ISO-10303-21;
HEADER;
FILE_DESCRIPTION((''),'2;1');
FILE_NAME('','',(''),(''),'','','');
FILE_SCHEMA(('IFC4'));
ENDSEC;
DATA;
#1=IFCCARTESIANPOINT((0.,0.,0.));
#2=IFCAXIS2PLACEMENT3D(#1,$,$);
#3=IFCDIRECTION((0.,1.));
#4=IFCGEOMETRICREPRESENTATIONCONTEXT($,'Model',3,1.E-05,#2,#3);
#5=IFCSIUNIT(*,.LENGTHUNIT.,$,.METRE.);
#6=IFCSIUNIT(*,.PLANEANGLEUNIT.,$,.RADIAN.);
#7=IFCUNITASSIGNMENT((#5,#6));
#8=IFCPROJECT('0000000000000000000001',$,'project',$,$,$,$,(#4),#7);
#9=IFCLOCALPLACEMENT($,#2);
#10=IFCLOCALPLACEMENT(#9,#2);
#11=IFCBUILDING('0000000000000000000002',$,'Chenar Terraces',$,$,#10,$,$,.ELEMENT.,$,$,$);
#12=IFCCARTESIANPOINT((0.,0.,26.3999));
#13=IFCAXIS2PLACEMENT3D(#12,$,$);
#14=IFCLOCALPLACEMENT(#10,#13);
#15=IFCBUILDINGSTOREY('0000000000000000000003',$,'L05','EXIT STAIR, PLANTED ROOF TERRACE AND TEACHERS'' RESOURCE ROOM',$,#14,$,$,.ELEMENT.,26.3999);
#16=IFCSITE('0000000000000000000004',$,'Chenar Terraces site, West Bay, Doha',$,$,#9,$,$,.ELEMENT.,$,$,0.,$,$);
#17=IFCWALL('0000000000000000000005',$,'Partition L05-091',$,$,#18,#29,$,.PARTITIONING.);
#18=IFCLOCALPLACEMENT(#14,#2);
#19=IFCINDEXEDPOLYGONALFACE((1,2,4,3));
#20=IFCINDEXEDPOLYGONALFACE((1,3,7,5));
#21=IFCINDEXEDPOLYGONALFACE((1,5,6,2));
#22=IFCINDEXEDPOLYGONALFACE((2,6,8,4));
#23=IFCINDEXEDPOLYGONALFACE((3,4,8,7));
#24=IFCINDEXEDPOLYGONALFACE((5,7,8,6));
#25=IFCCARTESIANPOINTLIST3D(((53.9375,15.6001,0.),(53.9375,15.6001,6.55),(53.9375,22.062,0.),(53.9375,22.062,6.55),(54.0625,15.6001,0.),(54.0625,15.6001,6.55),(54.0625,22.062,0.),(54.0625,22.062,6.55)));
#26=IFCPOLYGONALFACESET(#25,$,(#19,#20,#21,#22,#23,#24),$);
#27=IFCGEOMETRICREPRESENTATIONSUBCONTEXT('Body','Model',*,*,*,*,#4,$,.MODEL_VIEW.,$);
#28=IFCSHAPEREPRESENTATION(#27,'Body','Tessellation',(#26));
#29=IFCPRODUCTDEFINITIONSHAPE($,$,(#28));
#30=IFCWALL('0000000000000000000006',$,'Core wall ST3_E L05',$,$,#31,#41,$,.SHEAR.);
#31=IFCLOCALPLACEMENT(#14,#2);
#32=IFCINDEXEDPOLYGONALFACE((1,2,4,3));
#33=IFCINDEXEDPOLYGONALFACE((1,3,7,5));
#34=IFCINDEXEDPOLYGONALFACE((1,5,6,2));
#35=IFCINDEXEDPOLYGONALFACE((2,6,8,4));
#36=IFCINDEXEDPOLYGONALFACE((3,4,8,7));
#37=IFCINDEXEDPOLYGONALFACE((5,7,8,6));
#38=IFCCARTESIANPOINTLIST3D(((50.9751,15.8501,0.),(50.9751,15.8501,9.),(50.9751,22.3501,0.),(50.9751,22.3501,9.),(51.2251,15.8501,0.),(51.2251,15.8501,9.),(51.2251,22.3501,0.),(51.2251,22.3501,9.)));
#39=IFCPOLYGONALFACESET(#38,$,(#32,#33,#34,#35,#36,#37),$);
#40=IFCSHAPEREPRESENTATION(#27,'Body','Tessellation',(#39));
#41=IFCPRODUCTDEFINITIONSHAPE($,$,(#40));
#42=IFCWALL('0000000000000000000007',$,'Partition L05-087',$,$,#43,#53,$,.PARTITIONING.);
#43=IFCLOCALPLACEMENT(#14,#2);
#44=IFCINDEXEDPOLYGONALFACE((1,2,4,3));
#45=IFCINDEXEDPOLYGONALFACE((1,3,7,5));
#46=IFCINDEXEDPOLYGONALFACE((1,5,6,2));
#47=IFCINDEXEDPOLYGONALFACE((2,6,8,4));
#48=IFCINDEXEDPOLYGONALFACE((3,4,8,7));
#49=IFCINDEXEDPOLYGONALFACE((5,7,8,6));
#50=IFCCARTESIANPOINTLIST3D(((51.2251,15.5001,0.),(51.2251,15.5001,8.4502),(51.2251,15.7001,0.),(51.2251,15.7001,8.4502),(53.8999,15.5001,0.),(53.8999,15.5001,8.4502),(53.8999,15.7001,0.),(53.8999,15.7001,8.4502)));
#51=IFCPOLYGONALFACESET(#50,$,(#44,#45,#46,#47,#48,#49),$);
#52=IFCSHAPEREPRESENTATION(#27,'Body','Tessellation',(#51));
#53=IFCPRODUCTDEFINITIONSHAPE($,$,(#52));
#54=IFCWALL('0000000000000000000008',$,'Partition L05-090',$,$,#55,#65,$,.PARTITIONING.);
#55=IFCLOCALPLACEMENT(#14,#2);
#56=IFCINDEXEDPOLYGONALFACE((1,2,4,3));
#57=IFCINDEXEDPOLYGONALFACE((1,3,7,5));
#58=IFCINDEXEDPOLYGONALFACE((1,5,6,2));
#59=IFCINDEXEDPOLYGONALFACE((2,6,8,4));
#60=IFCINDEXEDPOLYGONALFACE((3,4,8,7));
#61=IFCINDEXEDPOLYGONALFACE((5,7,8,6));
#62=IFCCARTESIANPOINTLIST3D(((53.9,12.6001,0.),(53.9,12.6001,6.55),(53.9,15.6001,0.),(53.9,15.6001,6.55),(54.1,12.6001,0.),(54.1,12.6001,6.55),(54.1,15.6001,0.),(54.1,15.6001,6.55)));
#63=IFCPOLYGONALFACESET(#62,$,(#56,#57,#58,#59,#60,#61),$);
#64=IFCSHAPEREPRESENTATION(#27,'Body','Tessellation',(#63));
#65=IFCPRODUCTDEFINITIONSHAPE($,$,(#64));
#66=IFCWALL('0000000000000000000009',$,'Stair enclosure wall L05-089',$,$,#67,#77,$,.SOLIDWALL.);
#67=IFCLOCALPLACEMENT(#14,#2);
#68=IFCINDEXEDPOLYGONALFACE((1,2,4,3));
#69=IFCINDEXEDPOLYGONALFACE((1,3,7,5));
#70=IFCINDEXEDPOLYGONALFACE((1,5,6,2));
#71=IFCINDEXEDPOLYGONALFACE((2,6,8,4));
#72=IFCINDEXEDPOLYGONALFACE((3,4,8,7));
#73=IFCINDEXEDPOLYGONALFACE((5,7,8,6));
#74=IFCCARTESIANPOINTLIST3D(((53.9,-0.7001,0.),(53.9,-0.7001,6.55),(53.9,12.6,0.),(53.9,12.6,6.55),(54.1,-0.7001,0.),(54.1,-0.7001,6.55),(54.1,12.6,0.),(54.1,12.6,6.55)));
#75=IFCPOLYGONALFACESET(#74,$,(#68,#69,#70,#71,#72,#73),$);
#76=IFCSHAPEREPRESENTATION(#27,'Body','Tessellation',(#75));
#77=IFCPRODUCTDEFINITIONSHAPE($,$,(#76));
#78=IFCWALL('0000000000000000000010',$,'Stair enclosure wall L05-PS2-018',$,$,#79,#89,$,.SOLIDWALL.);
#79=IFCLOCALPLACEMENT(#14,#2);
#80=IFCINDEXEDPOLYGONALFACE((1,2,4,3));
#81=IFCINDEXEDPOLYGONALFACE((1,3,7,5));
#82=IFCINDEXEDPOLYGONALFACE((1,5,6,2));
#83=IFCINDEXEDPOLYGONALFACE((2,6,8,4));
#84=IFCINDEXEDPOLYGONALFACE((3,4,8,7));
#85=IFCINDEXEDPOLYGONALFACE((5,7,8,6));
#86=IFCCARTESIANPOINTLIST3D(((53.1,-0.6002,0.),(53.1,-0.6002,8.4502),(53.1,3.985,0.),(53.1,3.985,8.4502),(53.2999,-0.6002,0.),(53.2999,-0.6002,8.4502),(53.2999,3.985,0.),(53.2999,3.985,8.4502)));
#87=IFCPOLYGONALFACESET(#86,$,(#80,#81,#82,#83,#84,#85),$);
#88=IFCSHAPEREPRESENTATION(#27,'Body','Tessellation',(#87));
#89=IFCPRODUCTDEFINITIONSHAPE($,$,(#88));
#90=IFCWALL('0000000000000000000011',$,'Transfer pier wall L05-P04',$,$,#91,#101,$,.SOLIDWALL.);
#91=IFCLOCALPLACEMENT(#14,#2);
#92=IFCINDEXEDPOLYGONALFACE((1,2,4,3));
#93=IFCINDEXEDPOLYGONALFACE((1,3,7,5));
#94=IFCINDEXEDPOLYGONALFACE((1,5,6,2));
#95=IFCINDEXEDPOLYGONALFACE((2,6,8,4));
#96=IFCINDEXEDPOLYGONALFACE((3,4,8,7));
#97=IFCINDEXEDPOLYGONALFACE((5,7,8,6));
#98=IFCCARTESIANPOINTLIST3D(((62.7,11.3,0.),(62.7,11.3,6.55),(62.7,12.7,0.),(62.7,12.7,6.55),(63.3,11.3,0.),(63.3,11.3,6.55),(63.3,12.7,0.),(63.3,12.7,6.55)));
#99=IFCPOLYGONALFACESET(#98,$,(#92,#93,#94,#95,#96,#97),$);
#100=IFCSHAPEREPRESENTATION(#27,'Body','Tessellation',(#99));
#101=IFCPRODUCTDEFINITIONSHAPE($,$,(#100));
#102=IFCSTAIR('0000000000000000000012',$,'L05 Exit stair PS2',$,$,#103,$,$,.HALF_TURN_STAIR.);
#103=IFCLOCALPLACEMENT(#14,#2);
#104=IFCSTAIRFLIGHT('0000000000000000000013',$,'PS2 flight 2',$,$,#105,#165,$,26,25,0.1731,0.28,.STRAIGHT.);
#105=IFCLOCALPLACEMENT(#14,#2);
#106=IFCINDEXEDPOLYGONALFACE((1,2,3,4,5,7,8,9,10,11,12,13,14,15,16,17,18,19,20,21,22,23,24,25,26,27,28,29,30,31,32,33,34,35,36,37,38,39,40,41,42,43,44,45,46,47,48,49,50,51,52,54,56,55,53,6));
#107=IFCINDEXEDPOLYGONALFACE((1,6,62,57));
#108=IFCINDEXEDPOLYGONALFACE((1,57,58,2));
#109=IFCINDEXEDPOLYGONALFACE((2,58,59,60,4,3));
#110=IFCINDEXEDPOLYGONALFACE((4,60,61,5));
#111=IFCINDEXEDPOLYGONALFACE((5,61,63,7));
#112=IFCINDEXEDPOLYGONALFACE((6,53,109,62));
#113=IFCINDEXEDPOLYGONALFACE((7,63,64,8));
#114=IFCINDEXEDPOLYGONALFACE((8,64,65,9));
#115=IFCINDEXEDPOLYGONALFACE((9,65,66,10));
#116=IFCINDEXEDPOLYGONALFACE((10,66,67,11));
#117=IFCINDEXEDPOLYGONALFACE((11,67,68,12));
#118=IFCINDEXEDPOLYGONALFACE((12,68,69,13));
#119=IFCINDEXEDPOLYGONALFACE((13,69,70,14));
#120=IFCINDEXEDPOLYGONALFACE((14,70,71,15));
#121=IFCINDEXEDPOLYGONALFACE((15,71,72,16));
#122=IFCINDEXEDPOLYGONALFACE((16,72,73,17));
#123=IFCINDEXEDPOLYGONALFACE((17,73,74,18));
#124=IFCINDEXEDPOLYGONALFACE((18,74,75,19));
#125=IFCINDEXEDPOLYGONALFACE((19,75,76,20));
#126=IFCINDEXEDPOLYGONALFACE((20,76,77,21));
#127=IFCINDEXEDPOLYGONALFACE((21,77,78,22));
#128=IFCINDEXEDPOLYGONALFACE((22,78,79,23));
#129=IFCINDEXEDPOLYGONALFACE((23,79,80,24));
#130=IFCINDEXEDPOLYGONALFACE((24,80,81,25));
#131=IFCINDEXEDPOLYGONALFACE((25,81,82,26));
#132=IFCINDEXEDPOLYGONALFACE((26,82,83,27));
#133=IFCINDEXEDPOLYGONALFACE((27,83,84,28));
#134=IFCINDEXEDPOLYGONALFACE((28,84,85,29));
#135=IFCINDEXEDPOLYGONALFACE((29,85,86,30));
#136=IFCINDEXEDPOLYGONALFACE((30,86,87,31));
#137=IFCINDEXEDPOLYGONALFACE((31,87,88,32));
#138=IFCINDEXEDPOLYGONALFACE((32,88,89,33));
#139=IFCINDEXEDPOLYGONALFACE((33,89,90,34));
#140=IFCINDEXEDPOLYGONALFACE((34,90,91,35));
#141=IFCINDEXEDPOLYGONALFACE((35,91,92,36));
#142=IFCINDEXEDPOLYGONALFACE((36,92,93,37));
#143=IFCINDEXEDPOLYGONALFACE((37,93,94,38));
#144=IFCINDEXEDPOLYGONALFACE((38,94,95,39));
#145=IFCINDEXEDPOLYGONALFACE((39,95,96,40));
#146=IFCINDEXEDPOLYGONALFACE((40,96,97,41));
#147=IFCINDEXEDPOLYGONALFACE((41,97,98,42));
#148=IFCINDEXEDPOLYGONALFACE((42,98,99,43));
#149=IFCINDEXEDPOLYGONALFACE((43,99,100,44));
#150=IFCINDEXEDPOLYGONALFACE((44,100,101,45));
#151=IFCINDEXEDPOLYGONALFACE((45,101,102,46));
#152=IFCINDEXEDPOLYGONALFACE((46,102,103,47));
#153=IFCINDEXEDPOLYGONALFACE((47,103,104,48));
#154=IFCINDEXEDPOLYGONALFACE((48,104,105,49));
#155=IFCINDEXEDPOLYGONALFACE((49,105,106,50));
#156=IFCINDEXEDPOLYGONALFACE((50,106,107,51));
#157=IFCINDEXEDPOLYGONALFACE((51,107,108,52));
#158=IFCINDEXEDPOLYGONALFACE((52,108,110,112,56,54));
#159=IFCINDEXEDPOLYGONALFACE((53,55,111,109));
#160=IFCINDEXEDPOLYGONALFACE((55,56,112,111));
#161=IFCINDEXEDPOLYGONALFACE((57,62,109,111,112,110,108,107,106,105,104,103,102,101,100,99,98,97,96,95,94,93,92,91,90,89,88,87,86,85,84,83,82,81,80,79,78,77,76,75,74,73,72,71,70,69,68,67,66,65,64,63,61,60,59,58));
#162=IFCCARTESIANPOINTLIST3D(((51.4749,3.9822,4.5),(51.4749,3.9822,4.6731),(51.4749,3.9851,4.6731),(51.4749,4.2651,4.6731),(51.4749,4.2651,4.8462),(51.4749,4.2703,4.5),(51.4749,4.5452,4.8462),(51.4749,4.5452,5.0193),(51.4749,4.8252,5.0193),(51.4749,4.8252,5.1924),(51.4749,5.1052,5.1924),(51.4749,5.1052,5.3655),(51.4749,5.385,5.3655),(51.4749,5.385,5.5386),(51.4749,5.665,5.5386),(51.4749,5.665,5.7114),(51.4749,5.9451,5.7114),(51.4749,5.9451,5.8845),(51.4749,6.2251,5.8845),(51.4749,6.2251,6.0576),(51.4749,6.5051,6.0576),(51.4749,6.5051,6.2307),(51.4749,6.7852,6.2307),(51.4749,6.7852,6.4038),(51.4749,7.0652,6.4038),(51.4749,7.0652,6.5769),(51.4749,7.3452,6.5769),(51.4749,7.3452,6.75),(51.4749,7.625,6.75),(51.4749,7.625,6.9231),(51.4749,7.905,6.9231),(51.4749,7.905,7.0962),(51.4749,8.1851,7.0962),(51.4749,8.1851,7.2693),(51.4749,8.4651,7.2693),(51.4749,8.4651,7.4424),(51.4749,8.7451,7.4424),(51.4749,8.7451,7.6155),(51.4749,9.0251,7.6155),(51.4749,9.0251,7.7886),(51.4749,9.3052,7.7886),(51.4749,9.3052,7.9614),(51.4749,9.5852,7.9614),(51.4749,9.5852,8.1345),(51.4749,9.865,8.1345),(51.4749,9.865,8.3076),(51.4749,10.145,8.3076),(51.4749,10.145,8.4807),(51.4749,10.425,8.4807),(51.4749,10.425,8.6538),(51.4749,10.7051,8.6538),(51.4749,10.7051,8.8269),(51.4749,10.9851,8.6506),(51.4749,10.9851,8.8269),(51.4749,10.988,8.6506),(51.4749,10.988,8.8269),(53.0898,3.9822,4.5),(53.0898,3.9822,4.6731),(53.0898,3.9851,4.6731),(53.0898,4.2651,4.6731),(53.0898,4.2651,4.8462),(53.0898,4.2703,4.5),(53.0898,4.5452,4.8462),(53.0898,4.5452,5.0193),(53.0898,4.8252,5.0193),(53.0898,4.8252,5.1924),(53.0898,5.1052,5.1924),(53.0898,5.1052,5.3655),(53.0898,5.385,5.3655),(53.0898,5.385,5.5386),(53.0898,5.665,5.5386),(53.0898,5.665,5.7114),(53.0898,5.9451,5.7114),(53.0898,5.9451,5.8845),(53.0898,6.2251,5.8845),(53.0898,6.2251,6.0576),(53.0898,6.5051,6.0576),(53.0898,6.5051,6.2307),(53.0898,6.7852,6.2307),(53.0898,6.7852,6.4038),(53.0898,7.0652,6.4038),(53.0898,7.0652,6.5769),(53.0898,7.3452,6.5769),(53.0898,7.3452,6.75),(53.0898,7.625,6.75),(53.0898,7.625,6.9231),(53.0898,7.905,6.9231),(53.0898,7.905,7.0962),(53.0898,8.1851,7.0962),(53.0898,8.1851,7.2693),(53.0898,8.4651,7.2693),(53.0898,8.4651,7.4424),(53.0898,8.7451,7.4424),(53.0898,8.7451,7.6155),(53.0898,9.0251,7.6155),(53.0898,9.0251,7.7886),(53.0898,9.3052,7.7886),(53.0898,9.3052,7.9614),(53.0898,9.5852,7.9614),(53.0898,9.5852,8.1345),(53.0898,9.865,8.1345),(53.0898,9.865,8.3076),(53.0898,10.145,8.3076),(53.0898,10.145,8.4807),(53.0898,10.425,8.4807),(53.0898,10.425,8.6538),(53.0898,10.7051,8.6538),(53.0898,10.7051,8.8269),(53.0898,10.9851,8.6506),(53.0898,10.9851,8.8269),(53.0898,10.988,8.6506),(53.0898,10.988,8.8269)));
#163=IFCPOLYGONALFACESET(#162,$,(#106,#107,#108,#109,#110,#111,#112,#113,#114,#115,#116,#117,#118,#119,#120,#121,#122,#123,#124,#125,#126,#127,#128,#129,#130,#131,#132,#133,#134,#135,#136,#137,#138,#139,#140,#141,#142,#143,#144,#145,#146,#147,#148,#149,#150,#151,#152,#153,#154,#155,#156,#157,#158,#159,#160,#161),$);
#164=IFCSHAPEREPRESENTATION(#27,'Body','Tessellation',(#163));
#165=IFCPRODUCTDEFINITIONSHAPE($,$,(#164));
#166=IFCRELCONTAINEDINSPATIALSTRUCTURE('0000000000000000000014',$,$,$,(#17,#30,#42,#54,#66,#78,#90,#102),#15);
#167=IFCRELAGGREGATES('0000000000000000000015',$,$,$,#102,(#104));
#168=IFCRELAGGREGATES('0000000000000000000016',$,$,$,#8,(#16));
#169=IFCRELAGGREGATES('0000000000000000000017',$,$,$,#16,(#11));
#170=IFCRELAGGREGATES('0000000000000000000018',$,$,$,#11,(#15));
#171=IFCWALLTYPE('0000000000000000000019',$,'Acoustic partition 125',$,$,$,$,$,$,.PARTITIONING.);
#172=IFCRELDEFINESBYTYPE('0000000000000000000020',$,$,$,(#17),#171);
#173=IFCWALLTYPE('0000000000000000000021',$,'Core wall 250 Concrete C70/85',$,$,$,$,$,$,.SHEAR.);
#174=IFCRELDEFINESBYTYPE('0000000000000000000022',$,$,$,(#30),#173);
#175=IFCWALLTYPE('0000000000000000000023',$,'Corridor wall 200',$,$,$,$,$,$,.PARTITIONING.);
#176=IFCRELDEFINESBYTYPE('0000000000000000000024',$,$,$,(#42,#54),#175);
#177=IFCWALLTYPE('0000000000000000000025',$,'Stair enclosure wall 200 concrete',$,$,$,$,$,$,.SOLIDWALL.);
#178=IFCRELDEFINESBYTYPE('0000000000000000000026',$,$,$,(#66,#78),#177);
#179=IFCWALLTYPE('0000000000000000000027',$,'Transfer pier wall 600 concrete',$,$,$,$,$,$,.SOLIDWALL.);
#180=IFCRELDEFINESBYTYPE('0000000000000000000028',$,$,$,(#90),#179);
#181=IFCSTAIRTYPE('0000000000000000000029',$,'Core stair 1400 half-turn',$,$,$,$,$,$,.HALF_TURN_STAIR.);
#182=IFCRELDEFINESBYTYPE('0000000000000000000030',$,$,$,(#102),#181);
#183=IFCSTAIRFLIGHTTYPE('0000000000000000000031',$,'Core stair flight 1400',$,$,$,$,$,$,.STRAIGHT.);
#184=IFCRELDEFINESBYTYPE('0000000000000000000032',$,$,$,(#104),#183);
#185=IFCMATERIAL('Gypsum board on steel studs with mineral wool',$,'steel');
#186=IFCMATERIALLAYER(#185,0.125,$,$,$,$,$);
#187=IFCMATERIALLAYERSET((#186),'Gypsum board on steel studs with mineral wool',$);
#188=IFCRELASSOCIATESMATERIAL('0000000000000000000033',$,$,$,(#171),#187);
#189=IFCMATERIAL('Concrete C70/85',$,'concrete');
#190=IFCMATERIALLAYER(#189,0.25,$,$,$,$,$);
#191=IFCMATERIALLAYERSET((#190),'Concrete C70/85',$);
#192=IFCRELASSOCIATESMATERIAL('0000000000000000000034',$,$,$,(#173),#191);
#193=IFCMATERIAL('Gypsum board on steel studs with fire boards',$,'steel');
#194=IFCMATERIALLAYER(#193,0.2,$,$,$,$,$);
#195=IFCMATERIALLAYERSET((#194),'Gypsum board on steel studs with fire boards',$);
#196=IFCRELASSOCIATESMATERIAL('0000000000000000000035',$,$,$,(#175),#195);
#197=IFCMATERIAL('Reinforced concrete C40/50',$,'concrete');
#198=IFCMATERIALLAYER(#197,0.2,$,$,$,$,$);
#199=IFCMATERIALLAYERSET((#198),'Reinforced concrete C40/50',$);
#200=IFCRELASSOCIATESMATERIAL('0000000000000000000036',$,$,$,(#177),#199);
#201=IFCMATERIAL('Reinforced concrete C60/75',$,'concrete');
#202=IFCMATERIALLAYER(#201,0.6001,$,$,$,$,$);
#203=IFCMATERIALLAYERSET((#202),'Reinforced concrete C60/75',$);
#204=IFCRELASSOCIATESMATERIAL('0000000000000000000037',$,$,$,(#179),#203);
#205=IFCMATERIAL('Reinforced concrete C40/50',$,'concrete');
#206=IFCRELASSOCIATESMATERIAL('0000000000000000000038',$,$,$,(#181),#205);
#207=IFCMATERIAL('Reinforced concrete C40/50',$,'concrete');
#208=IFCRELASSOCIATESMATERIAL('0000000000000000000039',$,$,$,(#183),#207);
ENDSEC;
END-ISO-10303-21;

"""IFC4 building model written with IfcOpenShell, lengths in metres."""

from ifc_helpers import new_model, si_unit, direction, frame, frame_2d, origin, place, context, subcontext, project, spatial, polyline, rectangle, outline, extrude, material, layer, layer_set, type_object, element, aggregate, save


model = new_model("IFC4")

# Units and contexts
model_context = context("Model", 3, precision=1e-05, world=origin(), true_north=direction((0.0, 1.0)))
body_context = subcontext(model_context, "Body", "Model", "MODEL_VIEW")
ifc_project = project(units=[si_unit("LENGTHUNIT", "METRE"), si_unit("PLANEANGLEUNIT", "RADIAN")], contexts=[model_context])

# Site, building, storey
site_placement = place(None, origin())
site = spatial("IfcSite", under=ifc_project, at=site_placement, Name="Chenar Terraces site, West Bay, Doha", CompositionType="ELEMENT", RefElevation=0.0)
building_placement = place(site_placement, origin())
building = spatial("IfcBuilding", under=site, at=building_placement, Name="Chenar Terraces", CompositionType="ELEMENT")
storey_placement = place(building_placement, frame((0.0, 0.0, 26.3999)))
storey = spatial("IfcBuildingStorey", under=building, at=storey_placement, Name="L05", Description="EXIT STAIR, PLANTED ROOF TERRACE AND TEACHERS' RESOURCE ROOM", CompositionType="ELEMENT", Elevation=26.3999)

# Shared definitions
placement = place(storey_placement, origin())

# Walls
ifc_material_1 = material(Name="Gypsum board on steel studs with mineral wool", Category="steel")
ifc_layer_1 = layer(ifc_material_1, 0.125)
ifc_layer_set_1 = layer_set([ifc_layer_1], Name="Gypsum board on steel studs with mineral wool")
wall_type_1 = type_object("IfcWallType", Name="Acoustic partition 125", PredefinedType="PARTITIONING", material=ifc_layer_set_1)
wall_1_placement = place(storey_placement, frame((54.0, 15.6001, 0.0), z_axis=(0.0, 0.0, 1.0), x_axis=(0.0, 1.0, 0.0)))
element("IfcWall", 1, at=wall_1_placement, inside=storey, type_object=wall_type_1, Name="Partition L05-091", PredefinedType="PARTITIONING", context=body_context, shape_type="SweptSolid", body=[
    extrude(rectangle(XDim=6.4619, YDim=0.125, at=frame_2d((3.231, 0.0))), origin(), (0.0, 0.0, 1.0), 6.55),
])
ifc_material_2 = material(Name="Concrete C70/85", Category="concrete")
ifc_layer_2 = layer(ifc_material_2, 0.25)
ifc_layer_set_2 = layer_set([ifc_layer_2], Name="Concrete C70/85")
wall_type_2 = type_object("IfcWallType", Name="Core wall 250 Concrete C70/85", PredefinedType="SHEAR", material=ifc_layer_set_2)
wall_2_placement = place(storey_placement, frame((51.1001, 15.8501, 0.0), z_axis=(0.0, 0.0, 1.0), x_axis=(0.0, 1.0, 0.0)))
element("IfcWall", 2, at=wall_2_placement, inside=storey, type_object=wall_type_2, Name="Core wall ST3_E L05", PredefinedType="SHEAR", context=body_context, shape_type="SweptSolid", body=[
    extrude(rectangle(XDim=6.5, YDim=0.25, at=frame_2d((3.25, 0.0))), origin(), (0.0, 0.0, 1.0), 9.0),
])
ifc_material_3 = material(Name="Gypsum board on steel studs with fire boards", Category="steel")
ifc_layer_3 = layer(ifc_material_3, 0.2)
ifc_layer_set_3 = layer_set([ifc_layer_3], Name="Gypsum board on steel studs with fire boards")
wall_type_3 = type_object("IfcWallType", Name="Corridor wall 200", PredefinedType="PARTITIONING", material=ifc_layer_set_3)
wall_3_placement = place(storey_placement, frame((51.2251, 15.6001, 0.0), z_axis=(0.0, 0.0, 1.0), x_axis=(1.0, 0.0, 0.0)))
element("IfcWall", 3, at=wall_3_placement, inside=storey, type_object=wall_type_3, Name="Partition L05-087", PredefinedType="PARTITIONING", context=body_context, shape_type="SweptSolid", body=[
    extrude(rectangle(XDim=2.6748, YDim=0.2, at=frame_2d((1.3374, 0.0))), origin(), (0.0, 0.0, 1.0), 8.4502),
])
wall_4_placement = place(storey_placement, frame((54.0, 12.6001, 0.0), z_axis=(0.0, 0.0, 1.0), x_axis=(0.0, 1.0, 0.0)))
element("IfcWall", 4, at=wall_4_placement, inside=storey, type_object=wall_type_3, Name="Partition L05-090", PredefinedType="PARTITIONING", context=body_context, shape_type="SweptSolid", body=[
    extrude(rectangle(XDim=3.0, YDim=0.2, at=frame_2d((1.5, 0.0))), origin(), (0.0, 0.0, 1.0), 6.55),
])
ifc_material_4 = material(Name="Reinforced concrete C40/50", Category="concrete")
ifc_layer_4 = layer(ifc_material_4, 0.2)
ifc_layer_set_4 = layer_set([ifc_layer_4], Name="Reinforced concrete C40/50")
wall_type_4 = type_object("IfcWallType", Name="Stair enclosure wall 200 concrete", PredefinedType="SOLIDWALL", material=ifc_layer_set_4)
wall_5_placement = place(storey_placement, frame((54.0, -0.7, 0.0), z_axis=(0.0, 0.0, 1.0), x_axis=(0.0, 1.0, 0.0)))
element("IfcWall", 5, at=wall_5_placement, inside=storey, type_object=wall_type_4, Name="Stair enclosure wall L05-089", PredefinedType="SOLIDWALL", context=body_context, shape_type="SweptSolid", body=[
    extrude(rectangle(XDim=13.3, YDim=0.2, at=frame_2d((6.6499, 0.0))), origin(), (0.0, 0.0, 1.0), 6.55),
])
wall_6_placement = place(storey_placement, frame((53.2, -0.6001, 0.0), z_axis=(0.0, 0.0, 1.0), x_axis=(0.0, 1.0, 0.0)))
element("IfcWall", 6, at=wall_6_placement, inside=storey, type_object=wall_type_4, Name="Stair enclosure wall L05-PS2-018", PredefinedType="SOLIDWALL", context=body_context, shape_type="SweptSolid", body=[
    extrude(rectangle(XDim=4.5852, YDim=0.2, at=frame_2d((2.2925, 0.0))), origin(), (0.0, 0.0, 1.0), 8.4502),
])
ifc_material_5 = material(Name="Reinforced concrete C60/75", Category="concrete")
ifc_layer_5 = layer(ifc_material_5, 0.6001)
ifc_layer_set_5 = layer_set([ifc_layer_5], Name="Reinforced concrete C60/75")
wall_type_5 = type_object("IfcWallType", Name="Transfer pier wall 600 concrete", PredefinedType="SOLIDWALL", material=ifc_layer_set_5)
wall_7_placement = place(storey_placement, frame((63.0, 11.3, 0.0), z_axis=(0.0, 0.0, 1.0), x_axis=(0.0, 1.0, 0.0)))
element("IfcWall", 7, at=wall_7_placement, inside=storey, type_object=wall_type_5, Name="Transfer pier wall L05-P04", PredefinedType="SOLIDWALL", context=body_context, shape_type="SweptSolid", body=[
    extrude(rectangle(XDim=1.3999, YDim=0.6001, at=frame_2d((0.7, 0.0))), origin(), (0.0, 0.0, 1.0), 6.55),
])

# Stair, stair flight
ifc_material_6 = material(Name="Reinforced concrete C40/50", Category="concrete")
stair_type = type_object("IfcStairType", Name="Core stair 1400 half-turn", PredefinedType="HALF_TURN_STAIR", material=ifc_material_6)
stair = element("IfcStair", 8, at=placement, inside=storey, type_object=stair_type, Name="L05 Exit stair PS2", PredefinedType="HALF_TURN_STAIR")
ifc_material_7 = material(Name="Reinforced concrete C40/50", Category="concrete")
stair_flight_type = type_object("IfcStairFlightType", Name="Core stair flight 1400", PredefinedType="STRAIGHT", material=ifc_material_7)
stair_flight_placement = place(storey_placement, frame((52.2825, 3.9851, 4.5), z_axis=(0.0, 0.0, 1.0), x_axis=(0.0, 1.0, 0.0)))
stair_flight = element("IfcStairFlight", 9, at=stair_flight_placement, type_object=stair_flight_type, Name="PS2 flight 2", NumberOfRisers=26, NumberOfTreads=25, PredefinedType="STRAIGHT", RiserHeight=0.1731, TreadLength=0.28, context=body_context, shape_type="SweptSolid", body=[
    extrude(outline(polyline([(-0.0029, 0.0), (-0.0029, 0.1731), (0.0, 0.1731), (0.28, 0.1731), (0.28, 0.3462), (0.5601, 0.3462), (0.5601, 0.5193), (0.8401, 0.5193), (0.8401, 0.6924), (1.1201, 0.6924), (1.1201, 0.8655), (1.3999, 0.8655), (1.3999, 1.0386), (1.6799, 1.0386), (1.6799, 1.2114), (1.96, 1.2114), (1.96, 1.3845), (2.24, 1.3845), (2.24, 1.5576), (2.52, 1.5576), (2.52, 1.7307), (2.8, 1.7307), (2.8, 1.9038), (3.0801, 1.9038), (3.0801, 2.0769), (3.3601, 2.0769), (3.3601, 2.25), (3.6399, 2.25), (3.6399, 2.4231), (3.9199, 2.4231), (3.9199, 2.5962), (4.2, 2.5962), (4.2, 2.7693), (4.48, 2.7693), (4.48, 2.9424), (4.76, 2.9424), (4.76, 3.1155), (5.04, 3.1155), (5.04, 3.2886), (5.3201, 3.2886), (5.3201, 3.4614), (5.6001, 3.4614), (5.6001, 3.6345), (5.8799, 3.6345), (5.8799, 3.8076), (6.1599, 3.8076), (6.1599, 3.9807), (6.4399, 3.9807), (6.4399, 4.1538), (6.72, 4.1538), (6.72, 4.3269), (7.0, 4.3269), (7.0029, 4.3269), (7.0029, 4.1506), (7.0, 4.1506), (0.2852, 0.0), (-0.0029, 0.0)])), frame((0.0, 0.8076, 0.0), z_axis=(0.0, -1.0, 0.0), x_axis=(1.0, 0.0, 0.0)), (0.0, 0.0, 1.0), 1.615),
])
aggregate(stair, [stair_flight])

save(model, "model.ifc")
